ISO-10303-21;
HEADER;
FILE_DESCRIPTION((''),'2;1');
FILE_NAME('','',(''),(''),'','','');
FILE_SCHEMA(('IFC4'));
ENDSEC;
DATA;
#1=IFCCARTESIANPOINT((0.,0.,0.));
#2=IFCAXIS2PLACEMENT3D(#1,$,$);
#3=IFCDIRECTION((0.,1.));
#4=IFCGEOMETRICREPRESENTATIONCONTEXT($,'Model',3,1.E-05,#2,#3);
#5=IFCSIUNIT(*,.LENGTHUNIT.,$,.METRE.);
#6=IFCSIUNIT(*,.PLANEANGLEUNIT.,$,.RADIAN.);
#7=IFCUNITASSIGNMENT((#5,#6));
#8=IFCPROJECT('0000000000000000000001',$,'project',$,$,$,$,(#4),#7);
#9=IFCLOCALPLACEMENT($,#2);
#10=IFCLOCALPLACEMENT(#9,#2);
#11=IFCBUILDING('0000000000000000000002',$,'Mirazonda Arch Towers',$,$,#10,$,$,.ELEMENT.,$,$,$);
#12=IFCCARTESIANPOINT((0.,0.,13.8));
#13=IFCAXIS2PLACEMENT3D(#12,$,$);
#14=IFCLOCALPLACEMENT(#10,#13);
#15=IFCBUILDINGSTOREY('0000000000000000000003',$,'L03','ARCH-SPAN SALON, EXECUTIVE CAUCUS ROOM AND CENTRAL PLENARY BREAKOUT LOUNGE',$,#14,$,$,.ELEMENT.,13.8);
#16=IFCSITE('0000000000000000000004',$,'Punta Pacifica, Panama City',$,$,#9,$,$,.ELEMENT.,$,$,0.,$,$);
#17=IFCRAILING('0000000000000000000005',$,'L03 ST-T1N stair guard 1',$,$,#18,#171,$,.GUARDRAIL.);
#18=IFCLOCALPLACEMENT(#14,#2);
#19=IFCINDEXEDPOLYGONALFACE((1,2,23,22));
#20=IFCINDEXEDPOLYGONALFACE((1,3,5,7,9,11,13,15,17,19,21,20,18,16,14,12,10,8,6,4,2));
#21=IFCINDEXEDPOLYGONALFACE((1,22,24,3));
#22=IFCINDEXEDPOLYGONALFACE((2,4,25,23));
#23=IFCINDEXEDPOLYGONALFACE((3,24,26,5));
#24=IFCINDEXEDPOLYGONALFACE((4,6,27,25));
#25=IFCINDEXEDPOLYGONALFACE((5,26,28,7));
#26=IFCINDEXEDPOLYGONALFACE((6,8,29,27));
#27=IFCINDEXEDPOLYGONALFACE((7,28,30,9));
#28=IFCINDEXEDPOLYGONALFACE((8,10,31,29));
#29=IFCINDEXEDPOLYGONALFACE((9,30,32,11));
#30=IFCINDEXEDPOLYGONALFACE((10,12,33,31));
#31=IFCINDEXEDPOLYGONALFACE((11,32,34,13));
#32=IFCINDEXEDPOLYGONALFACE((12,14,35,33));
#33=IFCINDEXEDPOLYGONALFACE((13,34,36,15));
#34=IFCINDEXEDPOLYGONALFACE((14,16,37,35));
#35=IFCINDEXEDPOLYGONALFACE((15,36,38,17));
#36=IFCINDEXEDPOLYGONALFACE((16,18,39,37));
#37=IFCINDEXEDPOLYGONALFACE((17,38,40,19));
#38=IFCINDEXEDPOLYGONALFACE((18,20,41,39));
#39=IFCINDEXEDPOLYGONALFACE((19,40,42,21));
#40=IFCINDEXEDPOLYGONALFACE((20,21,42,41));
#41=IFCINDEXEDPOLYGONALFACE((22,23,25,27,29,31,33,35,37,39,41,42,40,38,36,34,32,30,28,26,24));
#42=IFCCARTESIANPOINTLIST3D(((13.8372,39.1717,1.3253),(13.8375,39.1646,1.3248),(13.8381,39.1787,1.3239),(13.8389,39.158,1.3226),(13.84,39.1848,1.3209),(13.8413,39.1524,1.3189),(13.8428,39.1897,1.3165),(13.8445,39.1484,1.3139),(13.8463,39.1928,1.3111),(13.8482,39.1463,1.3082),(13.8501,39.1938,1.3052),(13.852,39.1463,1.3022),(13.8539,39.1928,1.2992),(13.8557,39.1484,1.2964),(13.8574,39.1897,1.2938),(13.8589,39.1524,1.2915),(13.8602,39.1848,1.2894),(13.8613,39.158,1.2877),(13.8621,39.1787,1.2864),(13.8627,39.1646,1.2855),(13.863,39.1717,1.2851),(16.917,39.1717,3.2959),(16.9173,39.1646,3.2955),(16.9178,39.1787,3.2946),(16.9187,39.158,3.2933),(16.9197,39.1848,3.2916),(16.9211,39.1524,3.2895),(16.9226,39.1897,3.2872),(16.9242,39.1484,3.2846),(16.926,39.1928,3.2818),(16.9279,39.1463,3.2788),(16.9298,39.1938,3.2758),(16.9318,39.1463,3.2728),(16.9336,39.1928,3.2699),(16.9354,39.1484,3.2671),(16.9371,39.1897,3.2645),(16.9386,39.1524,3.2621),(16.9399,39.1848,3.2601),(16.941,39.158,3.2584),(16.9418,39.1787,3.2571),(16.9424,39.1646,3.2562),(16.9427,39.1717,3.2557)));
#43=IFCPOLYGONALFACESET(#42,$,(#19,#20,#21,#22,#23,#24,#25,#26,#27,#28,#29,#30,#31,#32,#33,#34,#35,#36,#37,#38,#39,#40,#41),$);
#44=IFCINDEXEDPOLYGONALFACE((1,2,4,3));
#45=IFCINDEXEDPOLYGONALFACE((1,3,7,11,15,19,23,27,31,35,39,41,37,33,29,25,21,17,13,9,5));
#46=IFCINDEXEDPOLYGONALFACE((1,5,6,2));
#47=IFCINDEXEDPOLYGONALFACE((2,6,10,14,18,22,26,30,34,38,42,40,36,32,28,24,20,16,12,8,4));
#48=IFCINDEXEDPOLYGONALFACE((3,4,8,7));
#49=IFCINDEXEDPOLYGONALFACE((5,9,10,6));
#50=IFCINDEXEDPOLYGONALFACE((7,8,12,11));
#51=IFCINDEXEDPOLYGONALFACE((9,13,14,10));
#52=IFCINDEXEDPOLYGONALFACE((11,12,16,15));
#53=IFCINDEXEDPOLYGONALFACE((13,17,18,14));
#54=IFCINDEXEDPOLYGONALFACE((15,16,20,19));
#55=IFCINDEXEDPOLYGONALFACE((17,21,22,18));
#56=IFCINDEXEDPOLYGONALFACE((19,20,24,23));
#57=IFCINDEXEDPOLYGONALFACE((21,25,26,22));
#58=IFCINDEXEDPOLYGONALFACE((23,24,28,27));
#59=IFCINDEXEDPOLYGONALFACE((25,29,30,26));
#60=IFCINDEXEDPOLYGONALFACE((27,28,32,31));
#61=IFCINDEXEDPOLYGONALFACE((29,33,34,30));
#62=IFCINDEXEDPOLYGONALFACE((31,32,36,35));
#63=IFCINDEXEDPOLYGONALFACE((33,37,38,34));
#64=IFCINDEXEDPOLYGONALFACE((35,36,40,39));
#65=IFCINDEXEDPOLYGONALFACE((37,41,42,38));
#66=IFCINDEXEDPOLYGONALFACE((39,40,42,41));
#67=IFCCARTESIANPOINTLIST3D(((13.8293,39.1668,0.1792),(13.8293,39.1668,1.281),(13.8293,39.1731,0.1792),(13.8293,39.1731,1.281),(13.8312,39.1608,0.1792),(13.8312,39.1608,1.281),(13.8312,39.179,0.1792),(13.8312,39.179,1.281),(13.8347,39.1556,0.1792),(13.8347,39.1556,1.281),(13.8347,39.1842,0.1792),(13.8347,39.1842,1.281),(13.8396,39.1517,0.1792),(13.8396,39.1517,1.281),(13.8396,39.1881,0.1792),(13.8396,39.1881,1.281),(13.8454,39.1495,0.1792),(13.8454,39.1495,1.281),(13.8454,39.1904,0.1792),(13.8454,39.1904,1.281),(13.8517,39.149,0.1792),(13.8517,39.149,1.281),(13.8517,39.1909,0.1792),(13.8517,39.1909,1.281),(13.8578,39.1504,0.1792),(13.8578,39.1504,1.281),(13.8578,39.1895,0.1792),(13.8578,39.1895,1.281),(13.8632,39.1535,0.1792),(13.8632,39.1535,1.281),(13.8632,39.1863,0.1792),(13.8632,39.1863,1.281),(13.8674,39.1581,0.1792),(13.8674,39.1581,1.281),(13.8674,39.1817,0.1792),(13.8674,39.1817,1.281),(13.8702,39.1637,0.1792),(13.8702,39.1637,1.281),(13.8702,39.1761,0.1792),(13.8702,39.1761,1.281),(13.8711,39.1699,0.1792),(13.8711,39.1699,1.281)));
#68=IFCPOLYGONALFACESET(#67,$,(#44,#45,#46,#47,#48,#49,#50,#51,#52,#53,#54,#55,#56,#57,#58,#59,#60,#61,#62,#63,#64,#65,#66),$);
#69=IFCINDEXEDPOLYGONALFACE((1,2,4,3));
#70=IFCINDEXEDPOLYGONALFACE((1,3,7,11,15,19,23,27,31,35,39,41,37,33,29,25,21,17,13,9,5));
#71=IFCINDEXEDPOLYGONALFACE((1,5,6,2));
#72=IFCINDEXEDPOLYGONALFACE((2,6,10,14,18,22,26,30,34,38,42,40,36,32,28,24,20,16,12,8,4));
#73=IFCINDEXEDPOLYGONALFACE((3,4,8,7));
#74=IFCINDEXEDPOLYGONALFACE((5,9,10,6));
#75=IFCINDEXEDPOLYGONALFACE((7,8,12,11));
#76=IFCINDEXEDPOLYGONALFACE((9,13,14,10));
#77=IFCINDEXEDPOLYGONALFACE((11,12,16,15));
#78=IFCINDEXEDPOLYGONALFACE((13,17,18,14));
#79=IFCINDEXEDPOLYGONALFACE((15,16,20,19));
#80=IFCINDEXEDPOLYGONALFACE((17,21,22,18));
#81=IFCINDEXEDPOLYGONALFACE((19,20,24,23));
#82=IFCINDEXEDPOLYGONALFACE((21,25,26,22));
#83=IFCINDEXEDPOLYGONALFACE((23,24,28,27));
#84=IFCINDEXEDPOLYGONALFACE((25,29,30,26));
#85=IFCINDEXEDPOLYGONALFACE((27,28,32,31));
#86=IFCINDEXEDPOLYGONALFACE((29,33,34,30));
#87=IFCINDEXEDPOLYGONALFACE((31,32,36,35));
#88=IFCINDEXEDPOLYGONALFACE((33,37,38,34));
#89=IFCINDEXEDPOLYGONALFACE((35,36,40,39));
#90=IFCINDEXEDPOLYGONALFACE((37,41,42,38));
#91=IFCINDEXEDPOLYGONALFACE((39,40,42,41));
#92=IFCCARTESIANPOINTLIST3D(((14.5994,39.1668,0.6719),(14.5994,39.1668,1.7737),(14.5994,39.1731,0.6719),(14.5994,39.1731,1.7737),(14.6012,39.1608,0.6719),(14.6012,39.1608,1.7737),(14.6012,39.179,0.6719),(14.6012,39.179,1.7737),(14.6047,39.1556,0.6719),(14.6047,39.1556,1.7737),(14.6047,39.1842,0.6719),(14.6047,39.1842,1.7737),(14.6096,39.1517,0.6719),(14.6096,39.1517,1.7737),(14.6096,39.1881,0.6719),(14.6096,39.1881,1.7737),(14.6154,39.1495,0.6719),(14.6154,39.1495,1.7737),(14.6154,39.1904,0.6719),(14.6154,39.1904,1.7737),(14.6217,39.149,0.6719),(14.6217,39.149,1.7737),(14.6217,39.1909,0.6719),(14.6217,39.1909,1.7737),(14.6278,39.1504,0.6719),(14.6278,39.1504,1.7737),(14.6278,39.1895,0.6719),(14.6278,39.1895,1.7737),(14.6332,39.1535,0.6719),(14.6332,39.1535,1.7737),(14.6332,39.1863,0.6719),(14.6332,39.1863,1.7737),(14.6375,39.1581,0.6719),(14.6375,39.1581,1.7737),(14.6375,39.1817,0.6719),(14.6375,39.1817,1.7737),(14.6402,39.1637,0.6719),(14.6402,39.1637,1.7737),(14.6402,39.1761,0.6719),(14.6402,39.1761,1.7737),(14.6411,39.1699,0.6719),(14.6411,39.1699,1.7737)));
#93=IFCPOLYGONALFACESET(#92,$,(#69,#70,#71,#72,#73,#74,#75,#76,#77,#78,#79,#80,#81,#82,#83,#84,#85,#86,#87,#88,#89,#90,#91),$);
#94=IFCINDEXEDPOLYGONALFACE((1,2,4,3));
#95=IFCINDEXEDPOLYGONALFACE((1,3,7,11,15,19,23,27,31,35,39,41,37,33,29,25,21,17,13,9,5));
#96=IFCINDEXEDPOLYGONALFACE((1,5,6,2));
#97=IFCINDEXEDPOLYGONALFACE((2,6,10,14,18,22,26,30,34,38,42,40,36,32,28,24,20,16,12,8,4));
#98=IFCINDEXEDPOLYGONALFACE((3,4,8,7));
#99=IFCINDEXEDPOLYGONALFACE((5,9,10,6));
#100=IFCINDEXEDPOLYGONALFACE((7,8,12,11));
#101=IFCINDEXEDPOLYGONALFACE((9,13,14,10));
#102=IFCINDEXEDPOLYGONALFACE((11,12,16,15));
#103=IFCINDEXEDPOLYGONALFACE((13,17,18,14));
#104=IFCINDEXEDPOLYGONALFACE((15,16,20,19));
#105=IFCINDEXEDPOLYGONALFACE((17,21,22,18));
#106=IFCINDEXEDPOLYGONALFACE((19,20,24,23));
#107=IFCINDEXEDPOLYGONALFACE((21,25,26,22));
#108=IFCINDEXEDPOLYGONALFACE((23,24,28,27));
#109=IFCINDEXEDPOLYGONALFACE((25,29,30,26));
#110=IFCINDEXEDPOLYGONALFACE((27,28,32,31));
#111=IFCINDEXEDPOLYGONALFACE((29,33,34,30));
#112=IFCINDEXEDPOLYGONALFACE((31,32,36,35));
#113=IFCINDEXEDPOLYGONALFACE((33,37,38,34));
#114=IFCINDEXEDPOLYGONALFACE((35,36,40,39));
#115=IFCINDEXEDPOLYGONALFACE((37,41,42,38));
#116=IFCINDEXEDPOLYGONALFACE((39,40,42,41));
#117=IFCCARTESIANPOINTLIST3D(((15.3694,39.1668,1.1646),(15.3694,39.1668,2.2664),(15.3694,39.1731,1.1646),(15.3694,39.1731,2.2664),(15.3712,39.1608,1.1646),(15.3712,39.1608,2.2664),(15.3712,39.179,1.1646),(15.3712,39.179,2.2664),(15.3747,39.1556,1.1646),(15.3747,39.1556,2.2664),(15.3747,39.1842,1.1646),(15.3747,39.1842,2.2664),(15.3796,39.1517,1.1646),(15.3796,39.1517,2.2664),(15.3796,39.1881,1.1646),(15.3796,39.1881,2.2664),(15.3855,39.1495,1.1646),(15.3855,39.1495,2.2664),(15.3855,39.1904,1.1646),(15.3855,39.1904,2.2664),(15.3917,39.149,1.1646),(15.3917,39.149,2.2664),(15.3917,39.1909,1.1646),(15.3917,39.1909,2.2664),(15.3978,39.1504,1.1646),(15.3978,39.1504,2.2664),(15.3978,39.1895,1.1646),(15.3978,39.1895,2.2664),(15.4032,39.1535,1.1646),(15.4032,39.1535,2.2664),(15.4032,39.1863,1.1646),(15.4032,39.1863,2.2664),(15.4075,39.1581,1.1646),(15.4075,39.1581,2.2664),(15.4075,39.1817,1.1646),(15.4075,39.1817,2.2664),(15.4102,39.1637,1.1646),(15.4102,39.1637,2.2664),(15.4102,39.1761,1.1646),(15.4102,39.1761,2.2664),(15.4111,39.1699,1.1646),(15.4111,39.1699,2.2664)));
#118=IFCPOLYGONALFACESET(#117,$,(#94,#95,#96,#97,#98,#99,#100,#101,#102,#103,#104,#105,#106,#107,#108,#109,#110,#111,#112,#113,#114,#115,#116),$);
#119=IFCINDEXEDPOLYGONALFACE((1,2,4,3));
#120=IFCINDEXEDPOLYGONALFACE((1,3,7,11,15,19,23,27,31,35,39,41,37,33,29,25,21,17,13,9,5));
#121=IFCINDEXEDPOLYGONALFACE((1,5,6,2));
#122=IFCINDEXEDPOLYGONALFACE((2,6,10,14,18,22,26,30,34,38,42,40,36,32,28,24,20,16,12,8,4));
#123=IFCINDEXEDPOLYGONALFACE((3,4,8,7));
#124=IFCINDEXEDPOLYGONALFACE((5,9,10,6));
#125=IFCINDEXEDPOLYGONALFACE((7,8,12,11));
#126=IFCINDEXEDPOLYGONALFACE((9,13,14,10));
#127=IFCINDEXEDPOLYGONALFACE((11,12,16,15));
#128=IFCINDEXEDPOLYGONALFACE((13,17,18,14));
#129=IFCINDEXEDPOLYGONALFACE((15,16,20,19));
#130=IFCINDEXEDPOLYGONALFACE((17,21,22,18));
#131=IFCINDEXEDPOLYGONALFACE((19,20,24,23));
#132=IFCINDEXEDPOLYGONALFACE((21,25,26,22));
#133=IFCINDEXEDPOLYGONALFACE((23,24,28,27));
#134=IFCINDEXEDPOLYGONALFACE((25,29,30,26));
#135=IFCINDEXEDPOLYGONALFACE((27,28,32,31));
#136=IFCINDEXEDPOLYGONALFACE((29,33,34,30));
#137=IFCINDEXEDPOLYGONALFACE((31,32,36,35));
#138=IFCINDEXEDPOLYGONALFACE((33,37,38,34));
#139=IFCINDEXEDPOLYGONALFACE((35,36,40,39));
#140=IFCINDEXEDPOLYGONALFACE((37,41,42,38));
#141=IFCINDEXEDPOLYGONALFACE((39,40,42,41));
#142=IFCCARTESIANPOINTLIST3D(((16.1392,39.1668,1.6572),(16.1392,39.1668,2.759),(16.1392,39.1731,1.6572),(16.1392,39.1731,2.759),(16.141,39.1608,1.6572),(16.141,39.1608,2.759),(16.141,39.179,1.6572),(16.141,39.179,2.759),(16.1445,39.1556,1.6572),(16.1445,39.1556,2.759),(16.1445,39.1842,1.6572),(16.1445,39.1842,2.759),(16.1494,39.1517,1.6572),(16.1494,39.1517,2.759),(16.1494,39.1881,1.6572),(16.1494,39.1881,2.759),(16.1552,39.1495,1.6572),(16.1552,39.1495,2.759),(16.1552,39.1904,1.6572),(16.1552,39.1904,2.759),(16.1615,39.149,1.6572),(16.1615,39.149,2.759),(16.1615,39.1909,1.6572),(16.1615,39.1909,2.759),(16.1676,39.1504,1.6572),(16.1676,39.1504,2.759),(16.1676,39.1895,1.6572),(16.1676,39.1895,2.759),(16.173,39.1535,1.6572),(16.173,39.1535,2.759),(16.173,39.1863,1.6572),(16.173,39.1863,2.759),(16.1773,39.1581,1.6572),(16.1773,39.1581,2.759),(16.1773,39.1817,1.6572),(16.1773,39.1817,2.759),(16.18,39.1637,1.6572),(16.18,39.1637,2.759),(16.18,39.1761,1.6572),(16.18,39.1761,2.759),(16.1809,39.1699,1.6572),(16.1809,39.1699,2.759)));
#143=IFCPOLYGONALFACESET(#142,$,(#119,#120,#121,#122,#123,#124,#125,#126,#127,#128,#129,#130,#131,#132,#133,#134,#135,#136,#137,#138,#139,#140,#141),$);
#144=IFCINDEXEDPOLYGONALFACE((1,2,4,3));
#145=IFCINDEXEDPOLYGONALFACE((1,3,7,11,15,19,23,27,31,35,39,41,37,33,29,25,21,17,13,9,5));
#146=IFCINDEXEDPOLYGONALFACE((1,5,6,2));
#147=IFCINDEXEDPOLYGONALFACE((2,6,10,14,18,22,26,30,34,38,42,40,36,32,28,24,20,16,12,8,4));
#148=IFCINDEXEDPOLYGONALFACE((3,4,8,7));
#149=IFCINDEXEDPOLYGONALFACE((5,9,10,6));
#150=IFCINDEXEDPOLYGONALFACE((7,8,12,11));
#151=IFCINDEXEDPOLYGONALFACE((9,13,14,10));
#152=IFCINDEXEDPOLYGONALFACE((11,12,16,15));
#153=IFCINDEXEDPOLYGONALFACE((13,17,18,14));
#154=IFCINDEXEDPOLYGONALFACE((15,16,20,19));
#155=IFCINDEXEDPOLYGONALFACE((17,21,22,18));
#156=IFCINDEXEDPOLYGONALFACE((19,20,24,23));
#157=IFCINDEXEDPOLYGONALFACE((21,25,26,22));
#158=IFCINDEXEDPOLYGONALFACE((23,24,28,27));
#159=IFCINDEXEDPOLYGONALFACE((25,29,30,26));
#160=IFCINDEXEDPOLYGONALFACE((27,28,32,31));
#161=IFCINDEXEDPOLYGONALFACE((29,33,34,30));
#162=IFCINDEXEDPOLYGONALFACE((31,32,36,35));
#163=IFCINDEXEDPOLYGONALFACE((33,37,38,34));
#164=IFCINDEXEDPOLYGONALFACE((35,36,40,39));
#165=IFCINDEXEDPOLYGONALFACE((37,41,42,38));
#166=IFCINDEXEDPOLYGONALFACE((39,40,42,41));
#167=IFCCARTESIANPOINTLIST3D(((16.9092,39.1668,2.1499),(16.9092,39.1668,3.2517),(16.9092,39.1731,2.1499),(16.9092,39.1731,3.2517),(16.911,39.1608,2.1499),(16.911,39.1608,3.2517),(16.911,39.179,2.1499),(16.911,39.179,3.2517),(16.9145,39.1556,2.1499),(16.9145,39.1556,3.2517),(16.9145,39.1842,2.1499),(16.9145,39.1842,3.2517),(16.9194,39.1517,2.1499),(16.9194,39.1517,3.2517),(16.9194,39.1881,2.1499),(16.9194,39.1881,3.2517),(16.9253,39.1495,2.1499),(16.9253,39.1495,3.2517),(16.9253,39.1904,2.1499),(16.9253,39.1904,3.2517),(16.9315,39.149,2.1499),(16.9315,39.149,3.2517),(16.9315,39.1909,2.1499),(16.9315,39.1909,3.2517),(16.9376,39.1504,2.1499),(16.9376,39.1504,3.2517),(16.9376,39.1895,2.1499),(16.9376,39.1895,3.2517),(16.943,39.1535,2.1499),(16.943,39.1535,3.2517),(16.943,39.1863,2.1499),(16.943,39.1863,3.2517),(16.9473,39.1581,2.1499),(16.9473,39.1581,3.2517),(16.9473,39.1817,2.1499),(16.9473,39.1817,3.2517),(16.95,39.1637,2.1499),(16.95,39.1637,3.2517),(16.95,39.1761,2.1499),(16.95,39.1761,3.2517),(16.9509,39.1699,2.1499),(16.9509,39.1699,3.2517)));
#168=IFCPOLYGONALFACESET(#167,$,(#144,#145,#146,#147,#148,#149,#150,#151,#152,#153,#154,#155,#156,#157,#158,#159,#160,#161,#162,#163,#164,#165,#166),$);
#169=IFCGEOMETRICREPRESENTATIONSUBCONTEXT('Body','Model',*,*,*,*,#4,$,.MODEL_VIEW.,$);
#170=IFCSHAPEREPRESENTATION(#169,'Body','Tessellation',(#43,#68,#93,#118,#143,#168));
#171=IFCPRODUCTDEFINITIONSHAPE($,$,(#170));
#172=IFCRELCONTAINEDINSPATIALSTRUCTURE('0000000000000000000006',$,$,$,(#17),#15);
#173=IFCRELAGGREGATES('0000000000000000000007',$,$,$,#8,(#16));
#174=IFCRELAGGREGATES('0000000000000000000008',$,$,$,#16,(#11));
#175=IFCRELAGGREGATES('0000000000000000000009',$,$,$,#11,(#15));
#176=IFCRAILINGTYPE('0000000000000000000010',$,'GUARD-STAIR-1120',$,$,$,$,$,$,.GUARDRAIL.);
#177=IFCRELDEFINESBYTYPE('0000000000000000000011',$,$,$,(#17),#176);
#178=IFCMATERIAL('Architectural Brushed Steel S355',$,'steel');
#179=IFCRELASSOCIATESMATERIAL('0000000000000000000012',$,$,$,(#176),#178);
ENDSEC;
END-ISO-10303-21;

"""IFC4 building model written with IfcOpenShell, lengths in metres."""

from ifc_helpers import new_model, si_unit, direction, frame, origin, origin_2d, place, context, subcontext, project, spatial, circle, extrude, material, type_object, element, save


model = new_model("IFC4")

# Units and contexts
model_context = context("Model", 3, precision=1e-05, world=origin(), true_north=direction((0.0, 1.0)))
body_context = subcontext(model_context, "Body", "Model", "MODEL_VIEW")
ifc_project = project(units=[si_unit("LENGTHUNIT", "METRE"), si_unit("PLANEANGLEUNIT", "RADIAN")], contexts=[model_context])

# Site, building, storey
site_placement = place(None, origin())
site = spatial("IfcSite", under=ifc_project, at=site_placement, Name="Punta Pacifica, Panama City", CompositionType="ELEMENT", RefElevation=0.0)
building_placement = place(site_placement, origin())
building = spatial("IfcBuilding", under=site, at=building_placement, Name="Mirazonda Arch Towers", CompositionType="ELEMENT")
storey_placement = place(building_placement, frame((0.0, 0.0, 13.8)))
storey = spatial("IfcBuildingStorey", under=building, at=storey_placement, Name="L03", Description="ARCH-SPAN SALON, EXECUTIVE CAUCUS ROOM AND CENTRAL PLENARY BREAKOUT LOUNGE", CompositionType="ELEMENT", Elevation=13.8)

# Shared definitions
ifc_material_1 = material(Name="Architectural Brushed Steel S355", Category="steel")

# Railing
railing_type_1 = type_object("IfcRailingType", Name="GUARD-STAIR-1120", PredefinedType="GUARDRAIL", material=ifc_material_1)
railing_1_placement = place(storey_placement, frame((13.8501, 39.1699, 0.1792)))
element("IfcRailing", 1, at=railing_1_placement, inside=storey, type_object=railing_type_1, Name="L03 ST-T1N stair guard 1", PredefinedType="GUARDRAIL", context=body_context, shape_type="SweptSolid", body=[
    extrude(circle(Radius=0.0239, at=origin_2d()), frame((0.0, 0.0, 1.126), z_axis=(0.84232, 0.0, 0.538978), x_axis=(0.0, 1.0, 0.0)), (0.0, 0.0, 1.0), 3.6562),
    extrude(circle(Radius=0.021, at=origin_2d()), origin(), (0.0, 0.0, 1.0), 1.1018),
    extrude(circle(Radius=0.021, at=origin_2d()), frame((0.77, 0.0, 0.4927)), (0.0, 0.0, 1.0), 1.1018),
    extrude(circle(Radius=0.021, at=origin_2d()), frame((1.54, 0.0, 0.9854)), (0.0, 0.0, 1.0), 1.1018),
    extrude(circle(Radius=0.021, at=origin_2d()), frame((2.3098, 0.0, 1.478)), (0.0, 0.0, 1.0), 1.1018),
    extrude(circle(Radius=0.021, at=origin_2d()), frame((3.0798, 0.0, 1.9707)), (0.0, 0.0, 1.0), 1.1018),
])

save(model, "model.ifc")
